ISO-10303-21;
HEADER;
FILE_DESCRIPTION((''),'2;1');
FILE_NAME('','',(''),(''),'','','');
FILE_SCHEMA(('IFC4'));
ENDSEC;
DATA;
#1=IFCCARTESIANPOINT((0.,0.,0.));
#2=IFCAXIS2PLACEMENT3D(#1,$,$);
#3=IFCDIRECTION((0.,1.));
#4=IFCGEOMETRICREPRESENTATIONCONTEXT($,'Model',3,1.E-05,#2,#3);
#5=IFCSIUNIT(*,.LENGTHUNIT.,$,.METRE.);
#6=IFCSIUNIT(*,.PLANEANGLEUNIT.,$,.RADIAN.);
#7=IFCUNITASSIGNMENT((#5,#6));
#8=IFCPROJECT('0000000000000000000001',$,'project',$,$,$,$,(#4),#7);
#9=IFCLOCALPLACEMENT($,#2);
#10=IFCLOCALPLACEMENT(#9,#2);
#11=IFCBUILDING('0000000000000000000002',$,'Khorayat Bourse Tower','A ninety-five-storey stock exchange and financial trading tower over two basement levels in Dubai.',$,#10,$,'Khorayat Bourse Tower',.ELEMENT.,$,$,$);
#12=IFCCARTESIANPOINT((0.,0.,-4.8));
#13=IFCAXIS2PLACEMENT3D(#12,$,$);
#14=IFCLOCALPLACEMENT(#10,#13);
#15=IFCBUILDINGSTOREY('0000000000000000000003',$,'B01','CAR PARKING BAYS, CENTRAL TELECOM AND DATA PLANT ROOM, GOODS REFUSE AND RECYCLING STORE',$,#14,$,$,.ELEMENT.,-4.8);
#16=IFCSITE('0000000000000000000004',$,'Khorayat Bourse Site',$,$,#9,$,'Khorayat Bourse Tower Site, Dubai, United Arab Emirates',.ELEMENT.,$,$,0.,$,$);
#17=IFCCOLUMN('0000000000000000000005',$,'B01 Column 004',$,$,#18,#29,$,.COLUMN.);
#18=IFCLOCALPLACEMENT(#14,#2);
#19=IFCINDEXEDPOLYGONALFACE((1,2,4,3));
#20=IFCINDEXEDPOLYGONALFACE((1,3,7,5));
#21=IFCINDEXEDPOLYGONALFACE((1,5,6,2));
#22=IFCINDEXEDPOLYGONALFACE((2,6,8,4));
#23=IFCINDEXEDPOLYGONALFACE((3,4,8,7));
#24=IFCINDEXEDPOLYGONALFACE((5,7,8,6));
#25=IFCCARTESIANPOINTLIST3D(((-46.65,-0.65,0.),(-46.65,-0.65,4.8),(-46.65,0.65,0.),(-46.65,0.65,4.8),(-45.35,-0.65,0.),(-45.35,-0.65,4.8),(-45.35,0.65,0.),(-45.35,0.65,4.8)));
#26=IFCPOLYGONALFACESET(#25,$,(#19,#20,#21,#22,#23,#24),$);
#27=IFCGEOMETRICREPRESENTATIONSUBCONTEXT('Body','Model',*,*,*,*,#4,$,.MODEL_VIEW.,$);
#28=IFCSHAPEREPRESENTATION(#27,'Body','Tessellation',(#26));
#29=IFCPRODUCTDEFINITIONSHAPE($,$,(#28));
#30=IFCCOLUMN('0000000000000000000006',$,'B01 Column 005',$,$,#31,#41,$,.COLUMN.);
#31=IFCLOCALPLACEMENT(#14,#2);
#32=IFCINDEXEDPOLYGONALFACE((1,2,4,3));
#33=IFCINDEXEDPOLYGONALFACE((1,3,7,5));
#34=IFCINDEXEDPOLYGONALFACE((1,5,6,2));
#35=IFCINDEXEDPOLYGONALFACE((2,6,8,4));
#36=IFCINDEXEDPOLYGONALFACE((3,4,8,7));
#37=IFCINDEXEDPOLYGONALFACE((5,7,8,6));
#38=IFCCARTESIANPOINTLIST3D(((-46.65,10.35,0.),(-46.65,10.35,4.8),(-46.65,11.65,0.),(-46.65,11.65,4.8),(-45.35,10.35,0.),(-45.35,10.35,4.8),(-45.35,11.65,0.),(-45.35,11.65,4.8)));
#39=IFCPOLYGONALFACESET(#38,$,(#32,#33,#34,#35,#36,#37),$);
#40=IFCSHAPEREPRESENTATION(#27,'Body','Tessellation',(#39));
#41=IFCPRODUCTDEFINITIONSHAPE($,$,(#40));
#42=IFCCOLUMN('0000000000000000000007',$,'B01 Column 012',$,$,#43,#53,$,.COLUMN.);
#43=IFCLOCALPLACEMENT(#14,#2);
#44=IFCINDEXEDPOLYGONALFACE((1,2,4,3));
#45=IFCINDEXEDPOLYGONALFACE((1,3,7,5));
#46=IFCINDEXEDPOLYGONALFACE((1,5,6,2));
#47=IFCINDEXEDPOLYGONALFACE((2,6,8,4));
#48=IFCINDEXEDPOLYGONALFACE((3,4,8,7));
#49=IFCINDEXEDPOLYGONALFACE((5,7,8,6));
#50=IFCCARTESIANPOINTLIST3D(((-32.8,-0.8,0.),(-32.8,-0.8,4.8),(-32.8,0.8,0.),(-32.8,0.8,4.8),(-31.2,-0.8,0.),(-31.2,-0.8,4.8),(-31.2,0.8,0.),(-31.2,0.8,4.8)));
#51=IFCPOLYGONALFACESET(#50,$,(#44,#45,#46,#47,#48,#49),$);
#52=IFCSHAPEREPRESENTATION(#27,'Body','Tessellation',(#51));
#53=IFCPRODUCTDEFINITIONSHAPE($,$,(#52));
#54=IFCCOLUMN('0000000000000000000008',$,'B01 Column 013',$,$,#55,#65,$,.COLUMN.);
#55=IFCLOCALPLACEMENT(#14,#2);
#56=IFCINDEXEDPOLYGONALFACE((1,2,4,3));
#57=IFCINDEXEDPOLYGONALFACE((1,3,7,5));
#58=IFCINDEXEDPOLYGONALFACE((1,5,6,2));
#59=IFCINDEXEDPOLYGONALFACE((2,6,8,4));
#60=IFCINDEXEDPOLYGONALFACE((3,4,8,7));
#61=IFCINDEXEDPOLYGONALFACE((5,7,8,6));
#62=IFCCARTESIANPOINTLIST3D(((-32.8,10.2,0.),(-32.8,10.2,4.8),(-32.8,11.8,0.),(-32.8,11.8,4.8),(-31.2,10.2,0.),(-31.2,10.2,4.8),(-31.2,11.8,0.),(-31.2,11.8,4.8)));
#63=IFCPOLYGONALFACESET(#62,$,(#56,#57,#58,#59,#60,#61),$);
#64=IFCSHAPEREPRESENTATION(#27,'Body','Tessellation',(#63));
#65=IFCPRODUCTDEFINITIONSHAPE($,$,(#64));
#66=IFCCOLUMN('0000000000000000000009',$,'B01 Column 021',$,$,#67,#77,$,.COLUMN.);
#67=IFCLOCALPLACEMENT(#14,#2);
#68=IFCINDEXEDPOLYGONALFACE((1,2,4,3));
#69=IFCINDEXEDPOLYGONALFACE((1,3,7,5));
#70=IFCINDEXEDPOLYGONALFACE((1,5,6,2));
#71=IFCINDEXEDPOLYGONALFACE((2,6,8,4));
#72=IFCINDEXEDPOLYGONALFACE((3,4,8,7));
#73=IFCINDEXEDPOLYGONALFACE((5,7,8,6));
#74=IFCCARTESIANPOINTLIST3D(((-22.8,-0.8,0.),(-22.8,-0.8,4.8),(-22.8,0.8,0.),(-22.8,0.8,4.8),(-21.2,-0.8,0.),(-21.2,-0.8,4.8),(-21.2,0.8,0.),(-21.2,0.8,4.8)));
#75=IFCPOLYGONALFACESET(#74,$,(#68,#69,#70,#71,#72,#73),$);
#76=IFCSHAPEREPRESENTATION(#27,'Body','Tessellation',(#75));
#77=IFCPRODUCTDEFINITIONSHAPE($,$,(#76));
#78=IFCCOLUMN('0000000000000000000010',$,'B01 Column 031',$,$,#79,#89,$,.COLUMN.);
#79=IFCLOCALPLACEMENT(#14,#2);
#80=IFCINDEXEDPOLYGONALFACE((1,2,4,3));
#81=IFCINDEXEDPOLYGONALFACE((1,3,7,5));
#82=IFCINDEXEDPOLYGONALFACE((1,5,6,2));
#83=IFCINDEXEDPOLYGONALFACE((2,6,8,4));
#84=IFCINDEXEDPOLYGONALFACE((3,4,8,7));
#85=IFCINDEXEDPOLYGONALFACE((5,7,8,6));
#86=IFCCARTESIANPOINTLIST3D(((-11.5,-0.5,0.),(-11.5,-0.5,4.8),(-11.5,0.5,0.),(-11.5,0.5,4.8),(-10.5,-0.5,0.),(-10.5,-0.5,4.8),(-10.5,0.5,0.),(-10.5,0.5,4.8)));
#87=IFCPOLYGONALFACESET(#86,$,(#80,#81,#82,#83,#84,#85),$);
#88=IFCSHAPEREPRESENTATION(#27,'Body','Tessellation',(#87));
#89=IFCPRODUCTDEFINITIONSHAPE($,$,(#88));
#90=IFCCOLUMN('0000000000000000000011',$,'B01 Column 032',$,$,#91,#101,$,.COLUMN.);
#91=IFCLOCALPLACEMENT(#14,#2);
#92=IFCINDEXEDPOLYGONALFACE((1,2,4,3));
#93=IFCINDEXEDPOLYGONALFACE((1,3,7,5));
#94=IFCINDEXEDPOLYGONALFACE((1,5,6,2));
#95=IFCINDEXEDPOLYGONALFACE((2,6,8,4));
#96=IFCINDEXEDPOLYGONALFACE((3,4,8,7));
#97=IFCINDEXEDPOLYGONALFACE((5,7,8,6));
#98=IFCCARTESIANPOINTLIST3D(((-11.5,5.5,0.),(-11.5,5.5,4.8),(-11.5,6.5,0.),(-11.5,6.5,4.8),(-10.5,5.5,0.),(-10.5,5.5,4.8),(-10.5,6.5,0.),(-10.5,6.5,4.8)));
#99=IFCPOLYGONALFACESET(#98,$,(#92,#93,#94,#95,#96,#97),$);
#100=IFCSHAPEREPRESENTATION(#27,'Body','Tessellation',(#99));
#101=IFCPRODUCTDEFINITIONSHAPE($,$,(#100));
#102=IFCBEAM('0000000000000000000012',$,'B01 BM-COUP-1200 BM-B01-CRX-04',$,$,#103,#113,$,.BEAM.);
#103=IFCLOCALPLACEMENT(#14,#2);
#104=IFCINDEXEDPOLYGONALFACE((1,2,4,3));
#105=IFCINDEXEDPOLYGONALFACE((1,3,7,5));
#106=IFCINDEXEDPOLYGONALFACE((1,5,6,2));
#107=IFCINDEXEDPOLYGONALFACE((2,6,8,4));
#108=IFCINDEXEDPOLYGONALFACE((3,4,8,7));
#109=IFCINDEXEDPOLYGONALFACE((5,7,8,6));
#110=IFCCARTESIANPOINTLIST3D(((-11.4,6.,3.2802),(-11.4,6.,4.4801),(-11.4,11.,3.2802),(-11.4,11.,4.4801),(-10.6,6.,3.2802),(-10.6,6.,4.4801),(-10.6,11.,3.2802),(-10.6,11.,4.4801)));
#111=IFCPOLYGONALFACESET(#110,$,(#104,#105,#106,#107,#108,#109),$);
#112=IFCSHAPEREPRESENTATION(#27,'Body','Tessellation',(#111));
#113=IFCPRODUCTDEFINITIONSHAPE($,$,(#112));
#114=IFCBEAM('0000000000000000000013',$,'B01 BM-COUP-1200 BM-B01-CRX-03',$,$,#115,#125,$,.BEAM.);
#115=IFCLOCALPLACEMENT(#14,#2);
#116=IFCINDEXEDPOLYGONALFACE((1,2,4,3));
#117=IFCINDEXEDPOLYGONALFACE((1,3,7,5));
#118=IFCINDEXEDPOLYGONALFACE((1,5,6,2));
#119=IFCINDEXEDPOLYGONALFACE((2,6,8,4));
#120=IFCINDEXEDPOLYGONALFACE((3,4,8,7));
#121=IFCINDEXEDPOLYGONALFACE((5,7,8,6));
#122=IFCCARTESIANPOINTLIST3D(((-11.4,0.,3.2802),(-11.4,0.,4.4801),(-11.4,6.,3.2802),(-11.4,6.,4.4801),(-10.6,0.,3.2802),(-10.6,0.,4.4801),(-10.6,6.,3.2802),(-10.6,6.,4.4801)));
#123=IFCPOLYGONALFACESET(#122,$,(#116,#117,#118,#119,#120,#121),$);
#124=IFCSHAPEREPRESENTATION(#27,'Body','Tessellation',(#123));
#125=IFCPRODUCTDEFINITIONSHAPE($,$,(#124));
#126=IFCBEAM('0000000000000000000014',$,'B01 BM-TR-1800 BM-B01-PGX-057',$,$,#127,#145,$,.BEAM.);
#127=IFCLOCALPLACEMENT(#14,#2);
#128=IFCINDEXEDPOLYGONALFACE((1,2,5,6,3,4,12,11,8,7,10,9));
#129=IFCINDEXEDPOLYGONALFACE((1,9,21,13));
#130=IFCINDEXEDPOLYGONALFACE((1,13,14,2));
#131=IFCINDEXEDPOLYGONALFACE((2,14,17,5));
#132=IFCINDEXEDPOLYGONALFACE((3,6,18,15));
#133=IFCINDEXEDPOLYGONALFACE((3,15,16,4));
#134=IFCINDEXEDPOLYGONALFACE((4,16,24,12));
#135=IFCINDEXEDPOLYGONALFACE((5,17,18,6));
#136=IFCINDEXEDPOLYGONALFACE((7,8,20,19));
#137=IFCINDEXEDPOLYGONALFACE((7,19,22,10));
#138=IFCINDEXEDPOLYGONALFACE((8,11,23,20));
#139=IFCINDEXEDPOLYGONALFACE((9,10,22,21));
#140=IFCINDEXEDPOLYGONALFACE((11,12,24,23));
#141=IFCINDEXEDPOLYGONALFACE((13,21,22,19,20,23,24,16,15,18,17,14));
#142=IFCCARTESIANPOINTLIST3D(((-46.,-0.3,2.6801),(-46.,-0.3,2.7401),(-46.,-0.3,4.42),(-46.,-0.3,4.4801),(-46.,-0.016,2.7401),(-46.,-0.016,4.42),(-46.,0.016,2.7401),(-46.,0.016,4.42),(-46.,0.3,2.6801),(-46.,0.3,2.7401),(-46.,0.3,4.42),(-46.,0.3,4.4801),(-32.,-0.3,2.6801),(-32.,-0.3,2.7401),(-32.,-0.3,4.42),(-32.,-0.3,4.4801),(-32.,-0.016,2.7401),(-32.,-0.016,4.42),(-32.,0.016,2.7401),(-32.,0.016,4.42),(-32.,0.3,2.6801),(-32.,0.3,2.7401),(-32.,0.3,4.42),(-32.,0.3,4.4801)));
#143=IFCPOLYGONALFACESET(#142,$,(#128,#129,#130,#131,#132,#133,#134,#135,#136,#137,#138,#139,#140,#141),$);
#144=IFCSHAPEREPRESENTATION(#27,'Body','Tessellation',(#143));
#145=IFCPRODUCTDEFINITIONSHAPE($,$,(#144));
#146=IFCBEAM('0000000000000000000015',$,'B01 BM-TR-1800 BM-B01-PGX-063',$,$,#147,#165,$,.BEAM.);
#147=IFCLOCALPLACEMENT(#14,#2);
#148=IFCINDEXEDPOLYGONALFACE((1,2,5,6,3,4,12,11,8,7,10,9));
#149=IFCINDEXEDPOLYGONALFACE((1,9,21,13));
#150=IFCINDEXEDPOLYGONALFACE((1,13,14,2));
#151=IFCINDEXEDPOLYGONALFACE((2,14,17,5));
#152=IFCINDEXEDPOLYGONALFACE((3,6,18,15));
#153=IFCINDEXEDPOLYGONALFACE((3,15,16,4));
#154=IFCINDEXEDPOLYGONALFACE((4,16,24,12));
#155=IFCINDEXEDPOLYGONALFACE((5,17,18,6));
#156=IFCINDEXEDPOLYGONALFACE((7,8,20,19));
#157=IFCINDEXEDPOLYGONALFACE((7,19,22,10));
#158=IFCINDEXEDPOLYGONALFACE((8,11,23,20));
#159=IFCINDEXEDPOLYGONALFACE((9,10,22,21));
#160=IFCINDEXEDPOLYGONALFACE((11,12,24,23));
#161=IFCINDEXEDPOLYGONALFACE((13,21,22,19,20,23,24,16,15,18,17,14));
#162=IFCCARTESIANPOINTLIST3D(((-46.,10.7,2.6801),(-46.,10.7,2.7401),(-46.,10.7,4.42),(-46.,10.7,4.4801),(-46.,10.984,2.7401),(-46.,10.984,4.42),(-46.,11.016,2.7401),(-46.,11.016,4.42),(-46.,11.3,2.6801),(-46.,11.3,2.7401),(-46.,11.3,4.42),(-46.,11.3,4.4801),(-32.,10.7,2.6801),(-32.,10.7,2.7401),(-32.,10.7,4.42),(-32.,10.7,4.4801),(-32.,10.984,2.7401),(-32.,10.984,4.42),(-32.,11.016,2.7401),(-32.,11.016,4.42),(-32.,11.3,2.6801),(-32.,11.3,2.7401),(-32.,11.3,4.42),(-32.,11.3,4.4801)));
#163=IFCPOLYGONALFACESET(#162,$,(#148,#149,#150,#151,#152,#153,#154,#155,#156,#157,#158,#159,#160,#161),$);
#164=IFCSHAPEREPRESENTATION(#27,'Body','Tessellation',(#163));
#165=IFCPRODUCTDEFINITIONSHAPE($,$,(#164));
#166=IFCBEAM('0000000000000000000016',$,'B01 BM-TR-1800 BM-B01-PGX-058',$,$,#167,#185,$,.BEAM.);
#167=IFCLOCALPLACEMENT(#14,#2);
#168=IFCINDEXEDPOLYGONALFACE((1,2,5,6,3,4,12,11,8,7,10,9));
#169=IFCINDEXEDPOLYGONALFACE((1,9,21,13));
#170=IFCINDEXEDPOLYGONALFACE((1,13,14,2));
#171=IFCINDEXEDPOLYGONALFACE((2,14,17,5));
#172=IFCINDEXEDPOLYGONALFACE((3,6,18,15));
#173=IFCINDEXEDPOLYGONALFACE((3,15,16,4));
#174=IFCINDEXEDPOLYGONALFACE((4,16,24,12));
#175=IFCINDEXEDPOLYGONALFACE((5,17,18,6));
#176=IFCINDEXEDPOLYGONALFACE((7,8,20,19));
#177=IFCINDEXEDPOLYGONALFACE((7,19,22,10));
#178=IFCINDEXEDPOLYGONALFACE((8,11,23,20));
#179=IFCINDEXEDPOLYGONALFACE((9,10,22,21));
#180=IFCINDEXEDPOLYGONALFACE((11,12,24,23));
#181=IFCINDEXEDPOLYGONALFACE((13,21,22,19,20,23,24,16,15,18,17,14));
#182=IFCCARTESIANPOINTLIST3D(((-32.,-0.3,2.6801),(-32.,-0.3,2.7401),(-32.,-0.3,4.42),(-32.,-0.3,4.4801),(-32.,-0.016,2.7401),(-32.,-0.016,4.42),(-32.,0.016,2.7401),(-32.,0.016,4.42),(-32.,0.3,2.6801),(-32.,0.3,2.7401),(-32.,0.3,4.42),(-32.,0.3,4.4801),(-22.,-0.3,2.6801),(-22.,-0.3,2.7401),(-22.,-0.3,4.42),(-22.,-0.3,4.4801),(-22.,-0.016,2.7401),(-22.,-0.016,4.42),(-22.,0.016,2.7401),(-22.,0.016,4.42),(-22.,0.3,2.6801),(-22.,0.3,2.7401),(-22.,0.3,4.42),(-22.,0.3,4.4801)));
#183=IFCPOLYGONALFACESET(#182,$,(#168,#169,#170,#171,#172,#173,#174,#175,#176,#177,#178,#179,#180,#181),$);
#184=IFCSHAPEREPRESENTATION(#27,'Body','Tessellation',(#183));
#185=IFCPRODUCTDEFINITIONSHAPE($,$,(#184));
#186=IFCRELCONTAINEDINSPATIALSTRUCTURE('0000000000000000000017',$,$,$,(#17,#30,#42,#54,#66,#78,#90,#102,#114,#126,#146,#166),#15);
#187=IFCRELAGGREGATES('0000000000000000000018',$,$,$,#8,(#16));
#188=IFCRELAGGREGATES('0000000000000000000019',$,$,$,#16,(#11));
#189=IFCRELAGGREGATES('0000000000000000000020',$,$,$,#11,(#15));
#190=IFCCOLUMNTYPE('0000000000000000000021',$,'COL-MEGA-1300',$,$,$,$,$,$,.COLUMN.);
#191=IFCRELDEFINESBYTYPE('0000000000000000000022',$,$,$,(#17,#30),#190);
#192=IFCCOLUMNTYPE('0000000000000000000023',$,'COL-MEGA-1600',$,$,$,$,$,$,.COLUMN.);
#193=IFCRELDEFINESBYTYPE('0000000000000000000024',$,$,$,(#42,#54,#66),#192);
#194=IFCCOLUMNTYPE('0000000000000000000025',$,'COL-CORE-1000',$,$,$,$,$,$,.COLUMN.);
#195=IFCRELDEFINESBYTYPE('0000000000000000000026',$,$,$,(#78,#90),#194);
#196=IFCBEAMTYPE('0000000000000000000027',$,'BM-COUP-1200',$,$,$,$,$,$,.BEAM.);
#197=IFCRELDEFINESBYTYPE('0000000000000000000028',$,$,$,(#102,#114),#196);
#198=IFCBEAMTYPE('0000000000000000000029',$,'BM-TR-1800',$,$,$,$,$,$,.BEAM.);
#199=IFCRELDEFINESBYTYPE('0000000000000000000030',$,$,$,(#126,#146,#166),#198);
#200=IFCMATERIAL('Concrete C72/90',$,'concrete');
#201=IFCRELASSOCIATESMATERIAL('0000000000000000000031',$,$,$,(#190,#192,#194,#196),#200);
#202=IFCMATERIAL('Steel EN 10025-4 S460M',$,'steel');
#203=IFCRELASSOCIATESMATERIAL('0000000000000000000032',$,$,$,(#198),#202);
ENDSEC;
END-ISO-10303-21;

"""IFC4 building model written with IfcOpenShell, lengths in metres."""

from ifc_helpers import new_model, si_unit, direction, frame, origin, origin_2d, place, context, subcontext, project, spatial, rectangle, i_section, extrude, source, transform, mapped, material, material_profile, profile_set, type_object, element, save


model = new_model("IFC4")

# Units and contexts
model_context = context("Model", 3, precision=1e-05, world=origin(), true_north=direction((0.0, 1.0)))
body_context = subcontext(model_context, "Body", "Model", "MODEL_VIEW")
ifc_project = project(units=[si_unit("LENGTHUNIT", "METRE"), si_unit("PLANEANGLEUNIT", "RADIAN")], contexts=[model_context])

# Site, building, storey
site_placement = place(None, origin())
site = spatial("IfcSite", under=ifc_project, at=site_placement, Name="Khorayat Bourse Site", LongName="Khorayat Bourse Tower Site, Dubai, United Arab Emirates", CompositionType="ELEMENT", RefElevation=0.0)
building_placement = place(site_placement, origin())
building = spatial("IfcBuilding", under=site, at=building_placement, Name="Khorayat Bourse Tower", Description="A ninety-five-storey stock exchange and financial trading tower over two basement levels in Dubai.", LongName="Khorayat Bourse Tower", CompositionType="ELEMENT")
storey_placement = place(building_placement, frame((0.0, 0.0, -4.8)))
storey = spatial("IfcBuildingStorey", under=building, at=storey_placement, Name="B01", Description="CAR PARKING BAYS, CENTRAL TELECOM AND DATA PLANT ROOM, GOODS REFUSE AND RECYCLING STORE", CompositionType="ELEMENT", Elevation=-4.8)

# Columns
ifc_material_1 = material(Name="Concrete C72/90", Category="concrete")
ifc_material_profile_1 = material_profile(ifc_material_1, rectangle(XDim=1.3, YDim=1.3, at=origin_2d()), Name="RC 1300x1300")
ifc_profile_set_1 = profile_set([ifc_material_profile_1], Name="Concrete C72/90")
column_type_1 = type_object("IfcColumnType", Name="COL-MEGA-1300", PredefinedType="COLUMN", material=ifc_profile_set_1)
shared_shape_1 = source(origin(), body_context, "Body", "SweptSolid", [
    extrude(rectangle(XDim=1.3, YDim=1.3, at=origin_2d()), origin(), (0.0, 0.0, 1.0), 4.8),
])
for number, where, z_axis, x_axis, name in (
    (1, (-46.0, 0.0, 0.0), (0.0, 0.0, 1.0), (1.0, 0.0, 0.0), "B01 Column 004"),
    (2, (-46.0, 11.0, 0.0), (0.0, 0.0, 1.0), (1.0, 0.0, 0.0), "B01 Column 005"),
):
    element("IfcColumn", number, at=place(storey_placement, frame(where, z_axis=z_axis, x_axis=x_axis)), inside=storey, type_object=column_type_1, Name=name, PredefinedType="COLUMN", context=body_context, shape_type="MappedRepresentation", body=[
        mapped(shared_shape_1, transform((0.0, 0.0, 0.0), scale=1.0)),
    ])
ifc_material_profile_2 = material_profile(ifc_material_1, rectangle(XDim=1.6001, YDim=1.6001, at=origin_2d()), Name="RC 1600x1600")
ifc_profile_set_2 = profile_set([ifc_material_profile_2], Name="Concrete C72/90")
column_type_2 = type_object("IfcColumnType", Name="COL-MEGA-1600", PredefinedType="COLUMN", material=ifc_profile_set_2)
shared_shape_2 = source(origin(), body_context, "Body", "SweptSolid", [
    extrude(rectangle(XDim=1.6001, YDim=1.6001, at=origin_2d()), origin(), (0.0, 0.0, 1.0), 4.8),
])
for number, where, z_axis, x_axis, name in (
    (3, (-32.0, 0.0, 0.0), (0.0, 0.0, 1.0), (1.0, 0.0, 0.0), "B01 Column 012"),
    (4, (-32.0, 11.0, 0.0), (0.0, 0.0, 1.0), (1.0, 0.0, 0.0), "B01 Column 013"),
    (5, (-22.0, 0.0, 0.0), (0.0, 0.0, 1.0), (1.0, 0.0, 0.0), "B01 Column 021"),
):
    element("IfcColumn", number, at=place(storey_placement, frame(where, z_axis=z_axis, x_axis=x_axis)), inside=storey, type_object=column_type_2, Name=name, PredefinedType="COLUMN", context=body_context, shape_type="MappedRepresentation", body=[
        mapped(shared_shape_2, transform((0.0, 0.0, 0.0), scale=1.0)),
    ])
ifc_material_profile_3 = material_profile(ifc_material_1, rectangle(XDim=1.0, YDim=1.0, at=origin_2d()), Name="RC 1000x1000")
ifc_profile_set_3 = profile_set([ifc_material_profile_3], Name="Concrete C72/90")
column_type_3 = type_object("IfcColumnType", Name="COL-CORE-1000", PredefinedType="COLUMN", material=ifc_profile_set_3)
shared_shape_3 = source(origin(), body_context, "Body", "SweptSolid", [
    extrude(rectangle(XDim=1.0, YDim=1.0, at=origin_2d()), origin(), (0.0, 0.0, 1.0), 4.8),
])
for number, where, z_axis, x_axis, name in (
    (6, (-11.0, 0.0, 0.0), (0.0, 0.0, 1.0), (1.0, 0.0, 0.0), "B01 Column 031"),
    (7, (-11.0, 6.0, 0.0), (0.0, 0.0, 1.0), (1.0, 0.0, 0.0), "B01 Column 032"),
):
    element("IfcColumn", number, at=place(storey_placement, frame(where, z_axis=z_axis, x_axis=x_axis)), inside=storey, type_object=column_type_3, Name=name, PredefinedType="COLUMN", context=body_context, shape_type="MappedRepresentation", body=[
        mapped(shared_shape_3, transform((0.0, 0.0, 0.0), scale=1.0)),
    ])

# Beams
ifc_material_profile_4 = material_profile(ifc_material_1, rectangle(XDim=0.8, YDim=1.2, at=origin_2d()), Name="RC 800x1200")
ifc_profile_set_4 = profile_set([ifc_material_profile_4], Name="Concrete C72/90")
beam_type_1 = type_object("IfcBeamType", Name="BM-COUP-1200", PredefinedType="BEAM", material=ifc_profile_set_4)
shared_shape_4 = source(origin(), body_context, "Body", "SweptSolid", [
    extrude(rectangle(XDim=0.8, YDim=1.2, at=origin_2d()), origin(), (0.0, 0.0, 1.0), 5.0),
])
beam_1_placement = place(storey_placement, frame((-11.0, 6.0, 3.8801), z_axis=(0.0, 1.0, 0.0), x_axis=(-1.0, 0.0, 0.0)))
element("IfcBeam", 8, at=beam_1_placement, inside=storey, type_object=beam_type_1, Name="B01 BM-COUP-1200 BM-B01-CRX-04", PredefinedType="BEAM", context=body_context, shape_type="MappedRepresentation", body=[
    mapped(shared_shape_4, transform((0.0, 0.0, 0.0), scale=1.0)),
])
shared_shape_5 = source(origin(), body_context, "Body", "SweptSolid", [
    extrude(rectangle(XDim=0.8, YDim=1.2, at=origin_2d()), origin(), (0.0, 0.0, 1.0), 6.0),
])
beam_2_placement = place(storey_placement, frame((-11.0, 0.0, 3.8801), z_axis=(0.0, 1.0, 0.0), x_axis=(-1.0, 0.0, 0.0)))
element("IfcBeam", 9, at=beam_2_placement, inside=storey, type_object=beam_type_1, Name="B01 BM-COUP-1200 BM-B01-CRX-03", PredefinedType="BEAM", context=body_context, shape_type="MappedRepresentation", body=[
    mapped(shared_shape_5, transform((0.0, 0.0, 0.0), scale=1.0)),
])
ifc_material_2 = material(Name="Steel EN 10025-4 S460M", Category="steel")
ifc_material_profile_5 = material_profile(ifc_material_2, i_section(OverallWidth=0.6001, OverallDepth=1.8, WebThickness=0.032, FlangeThickness=0.0601, at=origin_2d()), Name="PG 1800x600x32x60")
ifc_profile_set_5 = profile_set([ifc_material_profile_5], Name="Steel EN 10025-4 S460M")
beam_type_2 = type_object("IfcBeamType", Name="BM-TR-1800", PredefinedType="BEAM", material=ifc_profile_set_5)
shared_shape_6 = source(origin(), body_context, "Body", "SweptSolid", [
    extrude(i_section(OverallWidth=0.6001, OverallDepth=1.8, WebThickness=0.032, FlangeThickness=0.0601, at=origin_2d()), origin(), (0.0, 0.0, 1.0), 14.0),
])
for number, where, z_axis, x_axis, name in (
    (10, (-46.0, 0.0, 3.5801), (1.0, 0.0, 0.0), (0.0, 1.0, 0.0), "B01 BM-TR-1800 BM-B01-PGX-057"),
    (11, (-46.0, 11.0, 3.5801), (1.0, 0.0, 0.0), (0.0, 1.0, 0.0), "B01 BM-TR-1800 BM-B01-PGX-063"),
):
    element("IfcBeam", number, at=place(storey_placement, frame(where, z_axis=z_axis, x_axis=x_axis)), inside=storey, type_object=beam_type_2, Name=name, PredefinedType="BEAM", context=body_context, shape_type="MappedRepresentation", body=[
        mapped(shared_shape_6, transform((0.0, 0.0, 0.0), scale=1.0)),
    ])
shared_shape_7 = source(origin(), body_context, "Body", "SweptSolid", [
    extrude(i_section(OverallWidth=0.6001, OverallDepth=1.8, WebThickness=0.032, FlangeThickness=0.0601, at=origin_2d()), origin(), (0.0, 0.0, 1.0), 10.0),
])
beam_3_placement = place(storey_placement, frame((-32.0, 0.0, 3.5801), z_axis=(1.0, 0.0, 0.0), x_axis=(0.0, 1.0, 0.0)))
element("IfcBeam", 12, at=beam_3_placement, inside=storey, type_object=beam_type_2, Name="B01 BM-TR-1800 BM-B01-PGX-058", PredefinedType="BEAM", context=body_context, shape_type="MappedRepresentation", body=[
    mapped(shared_shape_7, transform((0.0, 0.0, 0.0), scale=1.0)),
])

save(model, "model.ifc")
